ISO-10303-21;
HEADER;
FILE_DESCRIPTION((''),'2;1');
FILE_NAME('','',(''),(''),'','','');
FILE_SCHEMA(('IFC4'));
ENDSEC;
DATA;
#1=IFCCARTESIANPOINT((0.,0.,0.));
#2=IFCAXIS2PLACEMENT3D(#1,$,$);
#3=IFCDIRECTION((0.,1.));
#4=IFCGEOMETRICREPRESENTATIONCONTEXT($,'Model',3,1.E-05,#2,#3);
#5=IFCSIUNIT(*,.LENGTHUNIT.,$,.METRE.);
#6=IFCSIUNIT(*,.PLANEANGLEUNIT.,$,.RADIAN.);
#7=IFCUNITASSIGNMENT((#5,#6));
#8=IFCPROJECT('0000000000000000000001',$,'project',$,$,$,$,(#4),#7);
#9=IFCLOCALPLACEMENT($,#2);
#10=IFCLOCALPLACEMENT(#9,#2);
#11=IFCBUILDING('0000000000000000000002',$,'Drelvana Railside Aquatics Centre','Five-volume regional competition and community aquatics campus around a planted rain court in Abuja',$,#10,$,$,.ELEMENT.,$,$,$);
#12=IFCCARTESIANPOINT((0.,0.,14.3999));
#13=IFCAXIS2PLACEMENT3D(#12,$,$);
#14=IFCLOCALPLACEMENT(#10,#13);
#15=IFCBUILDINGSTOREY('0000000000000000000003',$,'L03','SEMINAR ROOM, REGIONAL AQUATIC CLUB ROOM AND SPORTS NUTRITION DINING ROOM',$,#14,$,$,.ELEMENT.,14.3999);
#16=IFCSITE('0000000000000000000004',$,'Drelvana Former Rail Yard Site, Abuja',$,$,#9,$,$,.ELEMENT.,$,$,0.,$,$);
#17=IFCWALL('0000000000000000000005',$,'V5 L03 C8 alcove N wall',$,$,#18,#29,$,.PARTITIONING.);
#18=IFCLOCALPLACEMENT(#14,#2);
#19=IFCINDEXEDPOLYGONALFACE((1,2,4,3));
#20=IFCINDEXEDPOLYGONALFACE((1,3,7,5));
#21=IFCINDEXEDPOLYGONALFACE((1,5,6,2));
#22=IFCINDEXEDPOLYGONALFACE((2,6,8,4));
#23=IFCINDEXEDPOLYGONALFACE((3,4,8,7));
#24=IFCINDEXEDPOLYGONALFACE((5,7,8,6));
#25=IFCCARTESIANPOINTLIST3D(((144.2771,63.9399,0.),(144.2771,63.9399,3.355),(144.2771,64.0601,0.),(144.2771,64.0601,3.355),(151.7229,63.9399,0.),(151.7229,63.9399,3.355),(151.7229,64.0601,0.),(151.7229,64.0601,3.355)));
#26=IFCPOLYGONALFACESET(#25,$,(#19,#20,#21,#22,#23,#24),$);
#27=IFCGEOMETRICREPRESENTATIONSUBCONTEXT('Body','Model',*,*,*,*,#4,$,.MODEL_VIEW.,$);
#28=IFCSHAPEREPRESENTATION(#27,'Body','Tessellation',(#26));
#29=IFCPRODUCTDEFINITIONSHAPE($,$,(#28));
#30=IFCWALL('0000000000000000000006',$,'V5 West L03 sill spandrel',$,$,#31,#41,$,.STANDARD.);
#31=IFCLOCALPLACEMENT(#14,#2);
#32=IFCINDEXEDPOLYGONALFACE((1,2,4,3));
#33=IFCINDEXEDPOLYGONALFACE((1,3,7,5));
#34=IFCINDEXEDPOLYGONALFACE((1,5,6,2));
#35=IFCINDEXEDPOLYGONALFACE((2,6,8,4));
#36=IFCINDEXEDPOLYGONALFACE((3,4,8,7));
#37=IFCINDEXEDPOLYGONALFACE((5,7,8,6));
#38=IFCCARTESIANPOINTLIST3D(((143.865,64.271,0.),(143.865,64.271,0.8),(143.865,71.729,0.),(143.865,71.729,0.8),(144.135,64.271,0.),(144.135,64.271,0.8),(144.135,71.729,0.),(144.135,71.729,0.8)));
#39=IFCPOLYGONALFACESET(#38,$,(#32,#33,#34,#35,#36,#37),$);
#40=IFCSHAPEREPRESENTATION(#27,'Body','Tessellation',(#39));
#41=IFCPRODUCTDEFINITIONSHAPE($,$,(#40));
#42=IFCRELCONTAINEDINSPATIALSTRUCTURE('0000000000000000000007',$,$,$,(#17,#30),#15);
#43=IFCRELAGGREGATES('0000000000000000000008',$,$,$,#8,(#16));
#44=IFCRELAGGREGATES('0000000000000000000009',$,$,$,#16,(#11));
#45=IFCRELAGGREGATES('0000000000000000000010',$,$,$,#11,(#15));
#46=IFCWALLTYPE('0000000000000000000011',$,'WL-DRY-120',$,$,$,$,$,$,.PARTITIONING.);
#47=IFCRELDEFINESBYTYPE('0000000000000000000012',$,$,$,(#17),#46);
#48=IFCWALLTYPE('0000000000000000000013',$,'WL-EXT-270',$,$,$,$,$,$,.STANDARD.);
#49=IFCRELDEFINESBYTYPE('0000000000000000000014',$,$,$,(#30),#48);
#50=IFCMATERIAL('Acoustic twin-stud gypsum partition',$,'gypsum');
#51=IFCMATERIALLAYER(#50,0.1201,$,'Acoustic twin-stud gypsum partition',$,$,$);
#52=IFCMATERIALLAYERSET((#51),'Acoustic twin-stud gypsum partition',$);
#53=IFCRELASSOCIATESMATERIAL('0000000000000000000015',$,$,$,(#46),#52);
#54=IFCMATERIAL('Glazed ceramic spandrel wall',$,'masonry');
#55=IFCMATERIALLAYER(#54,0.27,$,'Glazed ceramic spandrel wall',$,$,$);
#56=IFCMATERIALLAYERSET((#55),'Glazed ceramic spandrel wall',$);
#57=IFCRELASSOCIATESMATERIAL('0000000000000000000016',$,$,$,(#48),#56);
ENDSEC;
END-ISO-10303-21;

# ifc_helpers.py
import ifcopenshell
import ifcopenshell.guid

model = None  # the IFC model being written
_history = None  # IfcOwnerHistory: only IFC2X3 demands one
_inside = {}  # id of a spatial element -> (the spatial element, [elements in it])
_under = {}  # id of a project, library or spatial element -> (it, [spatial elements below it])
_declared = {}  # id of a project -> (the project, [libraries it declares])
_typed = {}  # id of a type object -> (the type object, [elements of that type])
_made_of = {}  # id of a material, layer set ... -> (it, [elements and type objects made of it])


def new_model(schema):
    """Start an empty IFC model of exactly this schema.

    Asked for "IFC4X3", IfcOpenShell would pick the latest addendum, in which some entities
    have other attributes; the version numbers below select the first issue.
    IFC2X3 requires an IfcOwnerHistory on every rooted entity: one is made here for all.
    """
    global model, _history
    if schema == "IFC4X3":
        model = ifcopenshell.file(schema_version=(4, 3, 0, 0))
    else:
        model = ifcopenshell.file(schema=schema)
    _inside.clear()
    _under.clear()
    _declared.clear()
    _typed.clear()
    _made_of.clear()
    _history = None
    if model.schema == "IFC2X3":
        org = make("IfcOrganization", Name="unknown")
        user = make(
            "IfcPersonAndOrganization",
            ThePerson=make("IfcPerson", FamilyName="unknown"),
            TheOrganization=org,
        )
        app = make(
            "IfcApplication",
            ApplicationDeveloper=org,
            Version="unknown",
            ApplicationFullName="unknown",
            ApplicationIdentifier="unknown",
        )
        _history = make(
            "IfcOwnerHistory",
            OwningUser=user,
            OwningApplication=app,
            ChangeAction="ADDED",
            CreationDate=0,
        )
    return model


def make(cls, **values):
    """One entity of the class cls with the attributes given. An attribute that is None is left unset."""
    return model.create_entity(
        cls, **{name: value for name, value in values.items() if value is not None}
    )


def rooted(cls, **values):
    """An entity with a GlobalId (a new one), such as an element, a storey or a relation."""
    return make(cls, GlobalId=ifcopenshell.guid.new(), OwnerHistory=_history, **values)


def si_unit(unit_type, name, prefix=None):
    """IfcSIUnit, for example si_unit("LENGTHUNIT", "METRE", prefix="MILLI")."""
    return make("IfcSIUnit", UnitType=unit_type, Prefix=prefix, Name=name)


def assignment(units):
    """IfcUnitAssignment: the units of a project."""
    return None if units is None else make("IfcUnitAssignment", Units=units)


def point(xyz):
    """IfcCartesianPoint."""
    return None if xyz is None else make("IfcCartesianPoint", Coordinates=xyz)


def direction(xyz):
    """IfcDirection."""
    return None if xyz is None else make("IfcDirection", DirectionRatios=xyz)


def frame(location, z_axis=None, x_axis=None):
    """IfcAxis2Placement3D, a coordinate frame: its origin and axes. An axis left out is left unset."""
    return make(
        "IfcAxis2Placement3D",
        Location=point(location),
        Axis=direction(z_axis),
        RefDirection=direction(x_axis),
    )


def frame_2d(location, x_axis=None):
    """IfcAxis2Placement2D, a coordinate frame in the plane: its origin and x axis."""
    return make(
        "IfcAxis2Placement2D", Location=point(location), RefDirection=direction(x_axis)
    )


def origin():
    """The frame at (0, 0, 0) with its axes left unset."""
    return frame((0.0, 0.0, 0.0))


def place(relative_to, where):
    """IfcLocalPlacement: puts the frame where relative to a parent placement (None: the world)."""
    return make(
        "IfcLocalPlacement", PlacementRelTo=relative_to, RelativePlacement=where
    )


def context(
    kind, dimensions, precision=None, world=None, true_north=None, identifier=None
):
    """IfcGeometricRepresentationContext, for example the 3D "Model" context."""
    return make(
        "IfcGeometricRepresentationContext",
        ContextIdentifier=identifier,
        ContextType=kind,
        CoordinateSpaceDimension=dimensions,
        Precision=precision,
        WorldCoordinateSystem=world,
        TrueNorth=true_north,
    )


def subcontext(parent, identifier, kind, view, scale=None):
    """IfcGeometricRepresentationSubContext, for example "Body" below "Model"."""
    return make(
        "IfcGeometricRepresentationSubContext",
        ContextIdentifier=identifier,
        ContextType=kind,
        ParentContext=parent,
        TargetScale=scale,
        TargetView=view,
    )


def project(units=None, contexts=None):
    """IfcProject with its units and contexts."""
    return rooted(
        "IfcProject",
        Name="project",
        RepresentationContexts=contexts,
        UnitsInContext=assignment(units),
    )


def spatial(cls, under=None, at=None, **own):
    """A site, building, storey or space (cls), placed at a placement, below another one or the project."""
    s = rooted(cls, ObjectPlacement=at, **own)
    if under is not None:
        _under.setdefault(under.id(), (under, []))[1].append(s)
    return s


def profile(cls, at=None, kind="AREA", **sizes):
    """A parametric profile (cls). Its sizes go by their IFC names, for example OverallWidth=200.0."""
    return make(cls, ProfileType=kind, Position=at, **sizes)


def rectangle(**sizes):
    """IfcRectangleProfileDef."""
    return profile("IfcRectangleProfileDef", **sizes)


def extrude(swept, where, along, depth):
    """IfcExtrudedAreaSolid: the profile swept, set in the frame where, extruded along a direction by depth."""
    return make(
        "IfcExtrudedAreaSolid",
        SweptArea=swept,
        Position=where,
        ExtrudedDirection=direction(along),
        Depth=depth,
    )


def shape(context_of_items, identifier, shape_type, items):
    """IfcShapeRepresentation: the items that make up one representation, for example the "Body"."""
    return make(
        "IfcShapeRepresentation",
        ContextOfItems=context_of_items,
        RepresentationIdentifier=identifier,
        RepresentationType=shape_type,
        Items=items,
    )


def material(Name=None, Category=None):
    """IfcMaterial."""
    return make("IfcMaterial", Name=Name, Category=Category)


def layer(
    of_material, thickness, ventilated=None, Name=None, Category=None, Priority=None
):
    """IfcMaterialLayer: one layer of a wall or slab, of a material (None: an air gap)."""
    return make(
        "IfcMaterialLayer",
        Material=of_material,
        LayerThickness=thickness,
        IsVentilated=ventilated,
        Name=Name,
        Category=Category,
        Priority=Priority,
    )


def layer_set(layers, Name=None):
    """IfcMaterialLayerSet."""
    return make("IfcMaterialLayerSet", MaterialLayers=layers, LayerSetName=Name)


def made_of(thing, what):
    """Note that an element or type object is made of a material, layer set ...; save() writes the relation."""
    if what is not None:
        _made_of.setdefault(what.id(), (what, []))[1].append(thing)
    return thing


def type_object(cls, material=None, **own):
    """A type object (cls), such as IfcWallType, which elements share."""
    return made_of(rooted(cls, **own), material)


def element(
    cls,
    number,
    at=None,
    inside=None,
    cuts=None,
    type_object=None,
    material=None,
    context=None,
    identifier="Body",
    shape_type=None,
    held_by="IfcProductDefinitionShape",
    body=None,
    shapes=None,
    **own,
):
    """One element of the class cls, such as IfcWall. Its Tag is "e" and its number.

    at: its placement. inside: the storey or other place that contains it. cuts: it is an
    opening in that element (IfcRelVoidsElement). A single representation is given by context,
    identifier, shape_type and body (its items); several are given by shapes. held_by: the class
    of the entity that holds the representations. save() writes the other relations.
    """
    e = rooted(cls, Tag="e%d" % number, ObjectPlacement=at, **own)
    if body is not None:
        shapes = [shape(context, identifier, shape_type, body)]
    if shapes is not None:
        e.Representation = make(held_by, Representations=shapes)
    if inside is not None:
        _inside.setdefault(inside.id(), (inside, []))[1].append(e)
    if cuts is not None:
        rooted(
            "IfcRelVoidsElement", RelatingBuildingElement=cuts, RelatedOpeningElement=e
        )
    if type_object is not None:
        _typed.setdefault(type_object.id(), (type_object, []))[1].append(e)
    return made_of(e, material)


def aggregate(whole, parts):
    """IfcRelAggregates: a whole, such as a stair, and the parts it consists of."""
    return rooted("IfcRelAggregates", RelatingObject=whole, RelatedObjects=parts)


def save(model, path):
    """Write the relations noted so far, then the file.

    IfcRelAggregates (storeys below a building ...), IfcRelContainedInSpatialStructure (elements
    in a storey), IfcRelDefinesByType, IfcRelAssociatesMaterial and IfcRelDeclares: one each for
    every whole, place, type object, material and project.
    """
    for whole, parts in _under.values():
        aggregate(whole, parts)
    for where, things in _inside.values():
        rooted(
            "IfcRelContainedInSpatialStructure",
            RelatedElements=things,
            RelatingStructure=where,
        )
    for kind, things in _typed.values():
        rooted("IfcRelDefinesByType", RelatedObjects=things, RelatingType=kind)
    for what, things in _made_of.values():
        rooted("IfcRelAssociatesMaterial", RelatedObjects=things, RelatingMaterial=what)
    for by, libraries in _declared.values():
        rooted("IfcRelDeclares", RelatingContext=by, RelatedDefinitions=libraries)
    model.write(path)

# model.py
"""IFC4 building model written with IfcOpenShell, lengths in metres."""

from ifc_helpers import new_model, si_unit, direction, frame, frame_2d, origin, place, context, subcontext, project, spatial, rectangle, extrude, material, layer, layer_set, type_object, element, save


model = new_model("IFC4")

# Units and contexts
model_context = context("Model", 3, precision=1e-05, world=origin(), true_north=direction((0.0, 1.0)))
body_context = subcontext(model_context, "Body", "Model", "MODEL_VIEW")
ifc_project = project(units=[si_unit("LENGTHUNIT", "METRE"), si_unit("PLANEANGLEUNIT", "RADIAN")], contexts=[model_context])

# Site, building, storey
site_placement = place(None, origin())
site = spatial("IfcSite", under=ifc_project, at=site_placement, Name="Drelvana Former Rail Yard Site, Abuja", CompositionType="ELEMENT", RefElevation=0.0)
building_placement = place(site_placement, origin())
building = spatial("IfcBuilding", under=site, at=building_placement, Name="Drelvana Railside Aquatics Centre", Description="Five-volume regional competition and community aquatics campus around a planted rain court in Abuja", CompositionType="ELEMENT")
storey_placement = place(building_placement, frame((0.0, 0.0, 14.3999)))
storey = spatial("IfcBuildingStorey", under=building, at=storey_placement, Name="L03", Description="SEMINAR ROOM, REGIONAL AQUATIC CLUB ROOM AND SPORTS NUTRITION DINING ROOM", CompositionType="ELEMENT", Elevation=14.3999)

# Walls
ifc_material_1 = material(Name="Acoustic twin-stud gypsum partition", Category="gypsum")
ifc_layer_1 = layer(ifc_material_1, 0.1201, Name="Acoustic twin-stud gypsum partition")
ifc_layer_set_1 = layer_set([ifc_layer_1], Name="Acoustic twin-stud gypsum partition")
wall_type_1 = type_object("IfcWallType", Name="WL-DRY-120", PredefinedType="PARTITIONING", material=ifc_layer_set_1)
wall_1_placement = place(storey_placement, frame((144.2771, 64.0, 0.0), z_axis=(0.0, 0.0, 1.0), x_axis=(1.0, 0.0, 0.0)))
element("IfcWall", 1, at=wall_1_placement, inside=storey, type_object=wall_type_1, Name="V5 L03 C8 alcove N wall", PredefinedType="PARTITIONING", context=body_context, shape_type="SweptSolid", body=[
    extrude(rectangle(XDim=7.4458, YDim=0.1201, at=frame_2d((3.7229, 0.0))), origin(), (0.0, 0.0, 1.0), 3.355),
])
ifc_material_2 = material(Name="Glazed ceramic spandrel wall", Category="masonry")
ifc_layer_2 = layer(ifc_material_2, 0.27, Name="Glazed ceramic spandrel wall")
ifc_layer_set_2 = layer_set([ifc_layer_2], Name="Glazed ceramic spandrel wall")
wall_type_2 = type_object("IfcWallType", Name="WL-EXT-270", PredefinedType="STANDARD", material=ifc_layer_set_2)
wall_2_placement = place(storey_placement, frame((144.0, 64.271, 0.0), z_axis=(0.0, 0.0, 1.0), x_axis=(0.0, 1.0, 0.0)))
element("IfcWall", 2, at=wall_2_placement, inside=storey, type_object=wall_type_2, Name="V5 West L03 sill spandrel", PredefinedType="STANDARD", context=body_context, shape_type="SweptSolid", body=[
    extrude(rectangle(XDim=7.458, YDim=0.27, at=frame_2d((3.729, 0.0))), origin(), (0.0, 0.0, 1.0), 0.8),
])

save(model, "model.ifc")
